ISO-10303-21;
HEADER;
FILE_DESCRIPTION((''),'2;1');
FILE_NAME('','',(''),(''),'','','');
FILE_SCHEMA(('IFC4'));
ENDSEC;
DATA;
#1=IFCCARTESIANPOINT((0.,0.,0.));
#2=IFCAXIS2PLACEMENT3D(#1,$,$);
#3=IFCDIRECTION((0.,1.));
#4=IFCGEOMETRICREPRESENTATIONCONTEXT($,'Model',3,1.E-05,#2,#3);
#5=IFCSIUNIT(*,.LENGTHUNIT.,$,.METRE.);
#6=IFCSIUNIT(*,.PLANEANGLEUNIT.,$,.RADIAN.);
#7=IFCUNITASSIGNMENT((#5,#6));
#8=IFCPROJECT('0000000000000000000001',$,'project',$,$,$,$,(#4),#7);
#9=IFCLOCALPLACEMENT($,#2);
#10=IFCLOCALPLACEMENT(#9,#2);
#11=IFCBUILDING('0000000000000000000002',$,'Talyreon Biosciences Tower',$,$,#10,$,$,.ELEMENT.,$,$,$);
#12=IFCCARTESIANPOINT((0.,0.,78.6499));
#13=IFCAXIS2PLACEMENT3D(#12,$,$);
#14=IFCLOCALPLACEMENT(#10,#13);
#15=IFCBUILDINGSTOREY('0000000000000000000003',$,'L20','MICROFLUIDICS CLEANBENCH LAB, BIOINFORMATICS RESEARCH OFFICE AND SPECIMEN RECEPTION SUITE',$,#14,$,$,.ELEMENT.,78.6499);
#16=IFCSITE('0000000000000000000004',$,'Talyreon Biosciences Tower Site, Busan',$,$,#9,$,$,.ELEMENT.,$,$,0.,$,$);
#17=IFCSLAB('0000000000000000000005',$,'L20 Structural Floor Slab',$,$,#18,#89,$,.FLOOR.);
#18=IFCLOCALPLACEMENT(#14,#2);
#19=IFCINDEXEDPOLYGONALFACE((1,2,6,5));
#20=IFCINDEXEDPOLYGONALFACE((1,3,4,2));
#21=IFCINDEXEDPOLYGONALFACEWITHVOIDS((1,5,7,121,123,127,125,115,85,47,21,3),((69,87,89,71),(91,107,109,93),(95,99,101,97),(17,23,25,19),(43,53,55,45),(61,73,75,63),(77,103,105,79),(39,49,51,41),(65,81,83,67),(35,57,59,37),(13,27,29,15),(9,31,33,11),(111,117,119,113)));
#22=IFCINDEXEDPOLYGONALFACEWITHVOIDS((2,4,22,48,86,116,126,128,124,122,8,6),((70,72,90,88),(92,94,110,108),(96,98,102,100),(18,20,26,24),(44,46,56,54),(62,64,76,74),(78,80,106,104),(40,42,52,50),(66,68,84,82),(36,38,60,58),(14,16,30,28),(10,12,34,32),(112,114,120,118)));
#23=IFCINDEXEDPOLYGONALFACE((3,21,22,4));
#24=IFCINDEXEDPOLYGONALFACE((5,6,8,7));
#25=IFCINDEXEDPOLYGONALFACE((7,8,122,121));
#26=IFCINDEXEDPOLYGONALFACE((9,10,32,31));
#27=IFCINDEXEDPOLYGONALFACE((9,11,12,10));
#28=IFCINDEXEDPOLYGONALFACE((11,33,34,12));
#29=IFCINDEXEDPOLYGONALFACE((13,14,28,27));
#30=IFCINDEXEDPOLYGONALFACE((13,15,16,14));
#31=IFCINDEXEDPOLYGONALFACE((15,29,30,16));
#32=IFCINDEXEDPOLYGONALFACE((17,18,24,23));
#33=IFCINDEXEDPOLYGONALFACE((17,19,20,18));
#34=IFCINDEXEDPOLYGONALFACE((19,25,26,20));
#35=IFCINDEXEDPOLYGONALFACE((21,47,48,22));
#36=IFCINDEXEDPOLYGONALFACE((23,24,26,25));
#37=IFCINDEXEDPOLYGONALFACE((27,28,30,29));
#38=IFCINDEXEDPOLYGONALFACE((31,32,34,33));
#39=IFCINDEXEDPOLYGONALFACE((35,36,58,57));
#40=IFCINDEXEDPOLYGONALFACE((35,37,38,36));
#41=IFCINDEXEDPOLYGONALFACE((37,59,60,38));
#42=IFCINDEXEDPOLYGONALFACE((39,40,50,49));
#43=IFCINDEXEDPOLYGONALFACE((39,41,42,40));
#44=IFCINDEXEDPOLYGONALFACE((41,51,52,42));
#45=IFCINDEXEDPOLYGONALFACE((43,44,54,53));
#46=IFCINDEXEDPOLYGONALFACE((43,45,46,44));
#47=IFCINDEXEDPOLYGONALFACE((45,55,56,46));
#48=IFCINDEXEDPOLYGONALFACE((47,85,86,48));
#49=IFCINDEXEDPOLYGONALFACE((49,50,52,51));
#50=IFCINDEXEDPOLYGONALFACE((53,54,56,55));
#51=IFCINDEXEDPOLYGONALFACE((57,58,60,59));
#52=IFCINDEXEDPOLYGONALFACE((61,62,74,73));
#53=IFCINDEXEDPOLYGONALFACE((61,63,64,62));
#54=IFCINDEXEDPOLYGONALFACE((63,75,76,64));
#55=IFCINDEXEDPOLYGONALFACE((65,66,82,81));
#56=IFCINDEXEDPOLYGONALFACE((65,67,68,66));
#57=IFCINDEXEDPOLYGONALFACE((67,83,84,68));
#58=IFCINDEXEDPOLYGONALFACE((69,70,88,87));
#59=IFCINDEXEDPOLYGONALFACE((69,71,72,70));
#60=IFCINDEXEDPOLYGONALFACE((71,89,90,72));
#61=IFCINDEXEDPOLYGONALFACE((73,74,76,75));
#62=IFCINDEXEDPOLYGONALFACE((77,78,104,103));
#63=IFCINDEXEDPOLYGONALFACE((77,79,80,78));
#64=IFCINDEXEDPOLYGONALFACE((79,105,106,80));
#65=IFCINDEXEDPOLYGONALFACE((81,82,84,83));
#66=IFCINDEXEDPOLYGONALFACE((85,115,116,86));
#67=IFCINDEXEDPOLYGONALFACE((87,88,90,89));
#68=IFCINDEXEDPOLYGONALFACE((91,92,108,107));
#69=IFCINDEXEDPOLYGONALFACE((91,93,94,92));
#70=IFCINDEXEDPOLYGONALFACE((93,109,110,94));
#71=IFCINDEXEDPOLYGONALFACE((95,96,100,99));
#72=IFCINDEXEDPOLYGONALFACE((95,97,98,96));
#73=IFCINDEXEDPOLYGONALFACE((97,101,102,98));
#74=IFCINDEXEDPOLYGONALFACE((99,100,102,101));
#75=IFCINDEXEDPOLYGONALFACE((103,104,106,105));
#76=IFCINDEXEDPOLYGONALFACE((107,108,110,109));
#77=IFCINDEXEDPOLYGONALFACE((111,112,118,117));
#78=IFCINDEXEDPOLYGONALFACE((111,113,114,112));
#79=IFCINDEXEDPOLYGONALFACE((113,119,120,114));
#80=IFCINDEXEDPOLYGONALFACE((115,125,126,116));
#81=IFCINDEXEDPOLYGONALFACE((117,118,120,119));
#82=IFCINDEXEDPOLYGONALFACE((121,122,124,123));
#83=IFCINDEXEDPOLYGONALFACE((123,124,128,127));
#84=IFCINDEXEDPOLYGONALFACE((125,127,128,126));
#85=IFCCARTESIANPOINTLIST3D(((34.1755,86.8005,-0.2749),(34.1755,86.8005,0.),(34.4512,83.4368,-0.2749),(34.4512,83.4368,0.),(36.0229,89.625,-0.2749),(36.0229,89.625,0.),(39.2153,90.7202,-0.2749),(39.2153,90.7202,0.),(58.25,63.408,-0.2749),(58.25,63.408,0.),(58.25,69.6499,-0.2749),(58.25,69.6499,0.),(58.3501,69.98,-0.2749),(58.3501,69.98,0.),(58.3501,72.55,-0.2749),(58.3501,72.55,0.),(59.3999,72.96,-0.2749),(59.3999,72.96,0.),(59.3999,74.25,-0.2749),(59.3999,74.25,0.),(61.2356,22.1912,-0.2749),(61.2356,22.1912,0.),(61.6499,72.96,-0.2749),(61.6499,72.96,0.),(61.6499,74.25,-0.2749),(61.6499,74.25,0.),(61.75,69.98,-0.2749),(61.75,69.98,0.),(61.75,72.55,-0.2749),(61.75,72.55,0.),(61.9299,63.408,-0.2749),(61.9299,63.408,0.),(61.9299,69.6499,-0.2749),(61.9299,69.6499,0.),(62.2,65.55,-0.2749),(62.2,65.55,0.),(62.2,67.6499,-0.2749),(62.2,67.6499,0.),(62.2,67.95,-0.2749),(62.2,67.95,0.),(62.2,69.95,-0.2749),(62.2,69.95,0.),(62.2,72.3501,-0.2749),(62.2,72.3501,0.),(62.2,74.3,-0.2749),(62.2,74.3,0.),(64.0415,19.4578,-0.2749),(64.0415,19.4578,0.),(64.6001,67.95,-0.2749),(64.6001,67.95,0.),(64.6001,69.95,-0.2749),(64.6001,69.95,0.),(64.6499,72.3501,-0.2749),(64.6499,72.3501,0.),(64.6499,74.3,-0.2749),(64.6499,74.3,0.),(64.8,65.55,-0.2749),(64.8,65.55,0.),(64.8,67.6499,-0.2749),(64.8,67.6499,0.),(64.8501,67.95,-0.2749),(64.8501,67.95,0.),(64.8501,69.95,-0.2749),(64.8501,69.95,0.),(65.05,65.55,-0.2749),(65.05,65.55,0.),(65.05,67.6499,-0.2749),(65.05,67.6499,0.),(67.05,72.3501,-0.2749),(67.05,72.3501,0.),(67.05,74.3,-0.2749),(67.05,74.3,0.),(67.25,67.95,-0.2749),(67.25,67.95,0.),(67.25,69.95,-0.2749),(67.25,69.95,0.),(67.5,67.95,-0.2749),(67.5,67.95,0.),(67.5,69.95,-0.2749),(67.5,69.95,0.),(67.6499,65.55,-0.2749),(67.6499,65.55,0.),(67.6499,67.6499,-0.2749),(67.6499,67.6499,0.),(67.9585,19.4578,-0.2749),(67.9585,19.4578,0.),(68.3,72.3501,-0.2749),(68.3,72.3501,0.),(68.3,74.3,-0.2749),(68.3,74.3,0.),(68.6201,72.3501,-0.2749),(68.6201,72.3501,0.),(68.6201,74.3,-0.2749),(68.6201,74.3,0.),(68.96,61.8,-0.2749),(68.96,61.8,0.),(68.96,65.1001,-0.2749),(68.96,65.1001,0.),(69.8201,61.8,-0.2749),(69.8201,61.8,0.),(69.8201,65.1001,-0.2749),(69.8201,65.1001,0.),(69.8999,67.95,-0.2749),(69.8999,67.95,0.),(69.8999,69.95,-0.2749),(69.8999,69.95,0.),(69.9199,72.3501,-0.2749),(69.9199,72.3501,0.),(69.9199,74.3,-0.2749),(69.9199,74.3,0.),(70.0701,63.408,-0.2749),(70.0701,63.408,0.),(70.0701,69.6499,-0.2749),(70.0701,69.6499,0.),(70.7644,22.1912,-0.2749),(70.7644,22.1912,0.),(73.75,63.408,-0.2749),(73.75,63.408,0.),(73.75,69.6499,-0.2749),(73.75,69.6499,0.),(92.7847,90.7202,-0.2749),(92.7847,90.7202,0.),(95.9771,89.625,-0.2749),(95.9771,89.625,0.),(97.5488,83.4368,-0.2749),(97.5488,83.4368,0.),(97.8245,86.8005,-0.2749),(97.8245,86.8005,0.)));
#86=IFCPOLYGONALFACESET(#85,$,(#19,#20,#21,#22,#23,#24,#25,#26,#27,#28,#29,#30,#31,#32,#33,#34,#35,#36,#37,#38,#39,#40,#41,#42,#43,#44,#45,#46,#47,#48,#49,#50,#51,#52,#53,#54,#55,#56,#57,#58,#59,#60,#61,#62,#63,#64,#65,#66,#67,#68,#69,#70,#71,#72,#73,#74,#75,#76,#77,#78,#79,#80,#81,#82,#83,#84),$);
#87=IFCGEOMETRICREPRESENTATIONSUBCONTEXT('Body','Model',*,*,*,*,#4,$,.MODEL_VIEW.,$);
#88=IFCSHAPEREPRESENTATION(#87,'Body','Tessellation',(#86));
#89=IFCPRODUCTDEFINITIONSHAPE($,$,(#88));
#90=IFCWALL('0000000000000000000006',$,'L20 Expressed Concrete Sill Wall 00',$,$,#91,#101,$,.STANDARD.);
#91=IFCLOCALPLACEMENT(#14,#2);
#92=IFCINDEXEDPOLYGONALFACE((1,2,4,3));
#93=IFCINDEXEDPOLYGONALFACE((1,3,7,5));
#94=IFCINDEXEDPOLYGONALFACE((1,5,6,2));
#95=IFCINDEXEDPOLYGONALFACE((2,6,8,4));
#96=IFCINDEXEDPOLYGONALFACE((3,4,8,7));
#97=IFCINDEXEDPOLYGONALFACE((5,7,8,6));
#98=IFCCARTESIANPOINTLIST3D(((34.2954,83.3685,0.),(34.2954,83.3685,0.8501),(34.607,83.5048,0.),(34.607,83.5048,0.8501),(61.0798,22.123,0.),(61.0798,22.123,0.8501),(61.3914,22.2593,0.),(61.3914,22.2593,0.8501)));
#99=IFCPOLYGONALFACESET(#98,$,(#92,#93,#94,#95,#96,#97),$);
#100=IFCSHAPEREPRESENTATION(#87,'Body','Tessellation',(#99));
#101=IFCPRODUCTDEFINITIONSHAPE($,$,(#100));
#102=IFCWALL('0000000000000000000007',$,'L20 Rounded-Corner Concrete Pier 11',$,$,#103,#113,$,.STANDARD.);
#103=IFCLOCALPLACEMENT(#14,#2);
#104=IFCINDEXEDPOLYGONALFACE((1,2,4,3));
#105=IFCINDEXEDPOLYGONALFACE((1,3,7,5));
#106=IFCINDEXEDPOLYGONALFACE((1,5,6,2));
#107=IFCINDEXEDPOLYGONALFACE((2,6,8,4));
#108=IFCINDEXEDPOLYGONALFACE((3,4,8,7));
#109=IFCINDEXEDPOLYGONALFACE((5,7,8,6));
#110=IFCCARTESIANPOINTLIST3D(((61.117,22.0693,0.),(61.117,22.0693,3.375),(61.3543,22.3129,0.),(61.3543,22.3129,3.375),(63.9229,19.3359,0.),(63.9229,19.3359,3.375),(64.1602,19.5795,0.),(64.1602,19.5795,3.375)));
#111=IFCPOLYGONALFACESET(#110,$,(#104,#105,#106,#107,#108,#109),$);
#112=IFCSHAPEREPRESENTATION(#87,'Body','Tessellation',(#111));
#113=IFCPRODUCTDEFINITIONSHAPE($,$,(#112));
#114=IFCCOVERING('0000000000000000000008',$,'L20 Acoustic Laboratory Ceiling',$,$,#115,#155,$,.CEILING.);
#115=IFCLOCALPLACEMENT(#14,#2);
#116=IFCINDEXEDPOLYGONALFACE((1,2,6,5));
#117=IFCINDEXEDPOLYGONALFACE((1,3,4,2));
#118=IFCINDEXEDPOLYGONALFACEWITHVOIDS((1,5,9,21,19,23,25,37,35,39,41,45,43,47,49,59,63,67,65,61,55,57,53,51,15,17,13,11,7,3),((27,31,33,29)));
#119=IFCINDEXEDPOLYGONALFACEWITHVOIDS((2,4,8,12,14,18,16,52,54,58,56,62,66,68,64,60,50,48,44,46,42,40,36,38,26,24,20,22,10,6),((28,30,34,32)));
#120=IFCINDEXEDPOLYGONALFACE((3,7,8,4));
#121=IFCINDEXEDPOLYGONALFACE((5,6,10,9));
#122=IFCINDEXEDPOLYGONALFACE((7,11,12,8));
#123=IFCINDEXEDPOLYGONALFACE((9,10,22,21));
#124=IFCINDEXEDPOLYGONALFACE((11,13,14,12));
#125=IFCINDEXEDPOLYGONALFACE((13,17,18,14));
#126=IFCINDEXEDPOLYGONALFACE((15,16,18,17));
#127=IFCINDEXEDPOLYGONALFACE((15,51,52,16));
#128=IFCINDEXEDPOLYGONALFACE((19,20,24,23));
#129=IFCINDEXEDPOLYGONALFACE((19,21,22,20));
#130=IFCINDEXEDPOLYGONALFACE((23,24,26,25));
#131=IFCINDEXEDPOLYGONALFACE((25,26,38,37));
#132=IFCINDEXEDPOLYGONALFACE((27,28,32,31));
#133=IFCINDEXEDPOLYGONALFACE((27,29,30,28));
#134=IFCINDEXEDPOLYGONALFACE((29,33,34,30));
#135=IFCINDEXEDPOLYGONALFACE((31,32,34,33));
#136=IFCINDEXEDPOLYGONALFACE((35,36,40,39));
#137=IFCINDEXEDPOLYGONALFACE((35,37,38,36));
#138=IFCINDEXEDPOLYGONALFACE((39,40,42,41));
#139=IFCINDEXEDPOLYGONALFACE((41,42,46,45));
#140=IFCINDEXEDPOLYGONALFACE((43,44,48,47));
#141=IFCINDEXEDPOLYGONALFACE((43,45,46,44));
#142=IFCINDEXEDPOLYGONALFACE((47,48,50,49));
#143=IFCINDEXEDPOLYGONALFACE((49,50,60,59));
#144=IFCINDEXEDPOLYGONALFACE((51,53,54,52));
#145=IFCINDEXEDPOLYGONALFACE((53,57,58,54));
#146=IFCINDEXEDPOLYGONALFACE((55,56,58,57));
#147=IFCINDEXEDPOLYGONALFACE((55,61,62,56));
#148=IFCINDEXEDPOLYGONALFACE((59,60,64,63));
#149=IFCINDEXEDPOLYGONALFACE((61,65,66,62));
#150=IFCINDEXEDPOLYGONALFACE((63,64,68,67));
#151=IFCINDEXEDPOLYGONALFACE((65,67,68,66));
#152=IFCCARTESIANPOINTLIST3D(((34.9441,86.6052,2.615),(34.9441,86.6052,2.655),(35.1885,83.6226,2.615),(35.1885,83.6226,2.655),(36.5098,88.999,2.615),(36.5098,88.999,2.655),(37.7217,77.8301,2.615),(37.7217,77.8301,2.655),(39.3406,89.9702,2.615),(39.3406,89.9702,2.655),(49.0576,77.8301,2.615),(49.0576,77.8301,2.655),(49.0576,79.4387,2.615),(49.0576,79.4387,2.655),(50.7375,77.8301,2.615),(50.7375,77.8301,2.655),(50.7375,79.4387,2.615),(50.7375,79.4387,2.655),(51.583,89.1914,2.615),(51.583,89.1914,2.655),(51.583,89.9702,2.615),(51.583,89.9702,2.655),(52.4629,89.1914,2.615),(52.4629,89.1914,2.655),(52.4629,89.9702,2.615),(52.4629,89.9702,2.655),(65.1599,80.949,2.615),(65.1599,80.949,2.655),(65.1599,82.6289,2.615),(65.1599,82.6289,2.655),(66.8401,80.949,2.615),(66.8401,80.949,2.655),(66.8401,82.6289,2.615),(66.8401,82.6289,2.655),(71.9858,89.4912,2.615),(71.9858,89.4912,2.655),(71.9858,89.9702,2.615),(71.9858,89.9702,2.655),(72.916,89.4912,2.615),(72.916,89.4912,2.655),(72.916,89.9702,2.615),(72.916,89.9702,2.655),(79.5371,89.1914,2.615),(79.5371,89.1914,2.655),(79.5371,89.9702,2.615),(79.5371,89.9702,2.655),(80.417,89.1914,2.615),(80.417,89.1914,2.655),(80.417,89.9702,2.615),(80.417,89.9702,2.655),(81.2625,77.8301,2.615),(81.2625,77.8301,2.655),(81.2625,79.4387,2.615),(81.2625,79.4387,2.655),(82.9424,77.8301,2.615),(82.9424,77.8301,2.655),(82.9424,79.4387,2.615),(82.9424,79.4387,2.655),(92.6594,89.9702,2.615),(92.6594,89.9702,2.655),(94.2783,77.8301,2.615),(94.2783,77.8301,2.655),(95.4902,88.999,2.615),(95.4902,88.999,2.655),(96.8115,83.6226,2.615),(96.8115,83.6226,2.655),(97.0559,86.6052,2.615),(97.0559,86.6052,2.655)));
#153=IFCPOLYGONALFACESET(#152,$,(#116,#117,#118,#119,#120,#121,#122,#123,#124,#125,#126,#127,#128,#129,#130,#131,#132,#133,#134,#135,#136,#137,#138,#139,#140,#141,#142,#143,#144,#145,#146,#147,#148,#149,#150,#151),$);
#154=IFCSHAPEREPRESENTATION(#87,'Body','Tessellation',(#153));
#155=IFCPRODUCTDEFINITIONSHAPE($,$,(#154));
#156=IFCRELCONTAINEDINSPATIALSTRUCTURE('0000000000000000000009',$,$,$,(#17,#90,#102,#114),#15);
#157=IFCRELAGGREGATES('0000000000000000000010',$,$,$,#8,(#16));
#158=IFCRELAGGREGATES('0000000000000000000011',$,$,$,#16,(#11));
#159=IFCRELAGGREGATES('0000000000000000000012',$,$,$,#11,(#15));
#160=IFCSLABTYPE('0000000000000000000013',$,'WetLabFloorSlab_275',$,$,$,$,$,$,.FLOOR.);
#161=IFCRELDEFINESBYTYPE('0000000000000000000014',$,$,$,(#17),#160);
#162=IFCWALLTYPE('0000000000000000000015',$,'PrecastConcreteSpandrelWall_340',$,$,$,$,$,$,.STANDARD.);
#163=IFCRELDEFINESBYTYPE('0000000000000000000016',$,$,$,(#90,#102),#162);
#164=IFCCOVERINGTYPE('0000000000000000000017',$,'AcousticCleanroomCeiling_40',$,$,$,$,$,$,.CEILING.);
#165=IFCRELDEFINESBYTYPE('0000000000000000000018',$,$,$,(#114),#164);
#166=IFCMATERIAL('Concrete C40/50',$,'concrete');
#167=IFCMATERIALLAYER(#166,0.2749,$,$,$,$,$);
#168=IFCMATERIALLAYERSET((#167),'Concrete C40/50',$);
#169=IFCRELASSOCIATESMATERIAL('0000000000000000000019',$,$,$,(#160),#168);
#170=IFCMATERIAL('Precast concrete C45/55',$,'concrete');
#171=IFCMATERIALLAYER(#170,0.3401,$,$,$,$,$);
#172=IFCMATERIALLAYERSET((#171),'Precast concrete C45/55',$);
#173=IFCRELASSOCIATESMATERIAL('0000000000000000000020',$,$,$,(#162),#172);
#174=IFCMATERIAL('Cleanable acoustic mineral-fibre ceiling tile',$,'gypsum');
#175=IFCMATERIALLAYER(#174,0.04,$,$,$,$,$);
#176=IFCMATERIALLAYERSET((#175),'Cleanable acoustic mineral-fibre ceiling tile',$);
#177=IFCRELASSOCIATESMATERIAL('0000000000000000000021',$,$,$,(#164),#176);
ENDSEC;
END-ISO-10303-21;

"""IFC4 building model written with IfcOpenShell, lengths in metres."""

from ifc_helpers import new_model, si_unit, direction, frame, frame_2d, origin, place, context, subcontext, project, spatial, polyline, rectangle, outline, extrude, material, layer, layer_set, type_object, element, save


model = new_model("IFC4")

# Units and contexts
model_context = context("Model", 3, precision=1e-05, world=origin(), true_north=direction((0.0, 1.0)))
body_context = subcontext(model_context, "Body", "Model", "MODEL_VIEW")
ifc_project = project(units=[si_unit("LENGTHUNIT", "METRE"), si_unit("PLANEANGLEUNIT", "RADIAN")], contexts=[model_context])

# Site, building, storey
site_placement = place(None, origin())
site = spatial("IfcSite", under=ifc_project, at=site_placement, Name="Talyreon Biosciences Tower Site, Busan", CompositionType="ELEMENT", RefElevation=0.0)
building_placement = place(site_placement, origin())
building = spatial("IfcBuilding", under=site, at=building_placement, Name="Talyreon Biosciences Tower", CompositionType="ELEMENT")
storey_placement = place(building_placement, frame((0.0, 0.0, 78.6499)))
storey = spatial("IfcBuildingStorey", under=building, at=storey_placement, Name="L20", Description="MICROFLUIDICS CLEANBENCH LAB, BIOINFORMATICS RESEARCH OFFICE AND SPECIMEN RECEPTION SUITE", CompositionType="ELEMENT", Elevation=78.6499)

# Shared definitions
ifc_material_1 = material(Name="Precast concrete C45/55", Category="concrete")

# Shared definitions
ifc_material_2 = material(Name="Concrete C40/50", Category="concrete")

# Slab
ifc_layer_1 = layer(ifc_material_2, 0.2749)
ifc_layer_set_1 = layer_set([ifc_layer_1], Name="Concrete C40/50")
slab_type_1 = type_object("IfcSlabType", Name="WetLabFloorSlab_275", PredefinedType="FLOOR", material=ifc_layer_set_1)
slab_1_placement = place(storey_placement, frame((0.0, 0.0, -0.2749)))
element("IfcSlab", 1, at=slab_1_placement, inside=storey, type_object=slab_type_1, Name="L20 Structural Floor Slab", PredefinedType="FLOOR", context=body_context, shape_type="SweptSolid", body=[
    extrude(outline(polyline([(61.2356, 22.1912), (34.4512, 83.4368), (34.1755, 86.8005), (36.0229, 89.625), (39.2153, 90.7202), (92.7847, 90.7202), (95.9771, 89.625), (97.8245, 86.8005), (97.5488, 83.4368), (70.7644, 22.1912), (67.9585, 19.4578), (64.0415, 19.4578), (61.2356, 22.1912)]), holes=[polyline([(61.9299, 69.6499), (61.9299, 63.408), (58.25, 63.408), (58.25, 69.6499), (61.9299, 69.6499)]), polyline([(64.8, 65.55), (62.2, 65.55), (62.2, 67.6499), (64.8, 67.6499), (64.8, 65.55)]), polyline([(64.6001, 67.95), (62.2, 67.95), (62.2, 69.95), (64.6001, 69.95), (64.6001, 67.95)]), polyline([(67.25, 69.95), (67.25, 67.95), (64.8501, 67.95), (64.8501, 69.95), (67.25, 69.95)]), polyline([(61.75, 69.98), (58.3501, 69.98), (58.3501, 72.55), (61.75, 72.55), (61.75, 69.98)]), polyline([(64.6499, 72.3501), (62.2, 72.3501), (62.2, 74.3), (64.6499, 74.3), (64.6499, 72.3501)]), polyline([(61.6499, 74.25), (61.6499, 72.96), (59.3999, 72.96), (59.3999, 74.25), (61.6499, 74.25)]), polyline([(69.8201, 61.8), (68.96, 61.8), (68.96, 65.1001), (69.8201, 65.1001), (69.8201, 61.8)]), polyline([(73.75, 63.408), (70.0701, 63.408), (70.0701, 69.6499), (73.75, 69.6499), (73.75, 63.408)]), polyline([(67.6499, 65.55), (65.05, 65.55), (65.05, 67.6499), (67.6499, 67.6499), (67.6499, 65.55)]), polyline([(69.8999, 67.95), (67.5, 67.95), (67.5, 69.95), (69.8999, 69.95), (69.8999, 67.95)]), polyline([(68.3, 72.3501), (67.05, 72.3501), (67.05, 74.3), (68.3, 74.3), (68.3, 72.3501)]), polyline([(69.9199, 72.3501), (68.6201, 72.3501), (68.6201, 74.3), (69.9199, 74.3), (69.9199, 72.3501)])]), origin(), (0.0, 0.0, 1.0), 0.2749),
])

# Walls
ifc_layer_2 = layer(ifc_material_1, 0.3401)
ifc_layer_set_2 = layer_set([ifc_layer_2], Name="Precast concrete C45/55")
wall_type = type_object("IfcWallType", Name="PrecastConcreteSpandrelWall_340", PredefinedType="STANDARD", material=ifc_layer_set_2)
wall_1_placement = place(storey_placement, frame((61.2356, 22.1912, 0.0), z_axis=(0.0, 0.0, 1.0), x_axis=(-0.400687, 0.916215, 0.0)))
element("IfcWall", 2, at=wall_1_placement, inside=storey, type_object=wall_type, Name="L20 Expressed Concrete Sill Wall 00", PredefinedType="STANDARD", context=body_context, shape_type="SweptSolid", body=[
    extrude(rectangle(XDim=66.8462, YDim=0.3401, at=frame_2d((33.4231, 0.0))), origin(), (0.0, 0.0, 1.0), 0.8501),
])
wall_2_placement = place(storey_placement, frame((64.0415, 19.4578, 0.0), z_axis=(0.0, 0.0, 1.0), x_axis=(-0.716301, 0.697791, 0.0)))
element("IfcWall", 3, at=wall_2_placement, inside=storey, type_object=wall_type, Name="L20 Rounded-Corner Concrete Pier 11", PredefinedType="STANDARD", context=body_context, shape_type="SweptSolid", body=[
    extrude(rectangle(XDim=3.9172, YDim=0.3401, at=frame_2d((1.9585, 0.0))), origin(), (0.0, 0.0, 1.0), 3.375),
])

# Covering
ifc_material_3 = material(Name="Cleanable acoustic mineral-fibre ceiling tile", Category="gypsum")
ifc_layer_3 = layer(ifc_material_3, 0.04)
ifc_layer_set_3 = layer_set([ifc_layer_3], Name="Cleanable acoustic mineral-fibre ceiling tile")
covering_type_1 = type_object("IfcCoveringType", Name="AcousticCleanroomCeiling_40", PredefinedType="CEILING", material=ifc_layer_set_3)
covering_1_placement = place(storey_placement, frame((0.0, 0.0, 2.615)))
element("IfcCovering", 4, at=covering_1_placement, inside=storey, type_object=covering_type_1, Name="L20 Acoustic Laboratory Ceiling", PredefinedType="CEILING", context=body_context, shape_type="SweptSolid", body=[
    extrude(outline(polyline([(34.9441, 86.6052), (36.5098, 88.999), (39.3406, 89.9702), (51.583, 89.9702), (51.583, 89.1914), (52.4629, 89.1914), (52.4629, 89.9702), (71.9858, 89.9702), (71.9858, 89.4912), (72.916, 89.4912), (72.916, 89.9702), (79.5371, 89.9702), (79.5371, 89.1914), (80.417, 89.1914), (80.417, 89.9702), (92.6594, 89.9702), (95.4902, 88.999), (97.0559, 86.6052), (96.8115, 83.6226), (94.2783, 77.8301), (82.9424, 77.8301), (82.9424, 79.4387), (81.2625, 79.4387), (81.2625, 77.8301), (50.7375, 77.8301), (50.7375, 79.4387), (49.0576, 79.4387), (49.0576, 77.8301), (37.7217, 77.8301), (35.1885, 83.6226), (34.9441, 86.6052)]), holes=[polyline([(65.1599, 80.949), (66.8401, 80.949), (66.8401, 82.6289), (65.1599, 82.6289), (65.1599, 80.949)])]), origin(), (0.0, 0.0, 1.0), 0.04),
])

save(model, "model.ifc")
